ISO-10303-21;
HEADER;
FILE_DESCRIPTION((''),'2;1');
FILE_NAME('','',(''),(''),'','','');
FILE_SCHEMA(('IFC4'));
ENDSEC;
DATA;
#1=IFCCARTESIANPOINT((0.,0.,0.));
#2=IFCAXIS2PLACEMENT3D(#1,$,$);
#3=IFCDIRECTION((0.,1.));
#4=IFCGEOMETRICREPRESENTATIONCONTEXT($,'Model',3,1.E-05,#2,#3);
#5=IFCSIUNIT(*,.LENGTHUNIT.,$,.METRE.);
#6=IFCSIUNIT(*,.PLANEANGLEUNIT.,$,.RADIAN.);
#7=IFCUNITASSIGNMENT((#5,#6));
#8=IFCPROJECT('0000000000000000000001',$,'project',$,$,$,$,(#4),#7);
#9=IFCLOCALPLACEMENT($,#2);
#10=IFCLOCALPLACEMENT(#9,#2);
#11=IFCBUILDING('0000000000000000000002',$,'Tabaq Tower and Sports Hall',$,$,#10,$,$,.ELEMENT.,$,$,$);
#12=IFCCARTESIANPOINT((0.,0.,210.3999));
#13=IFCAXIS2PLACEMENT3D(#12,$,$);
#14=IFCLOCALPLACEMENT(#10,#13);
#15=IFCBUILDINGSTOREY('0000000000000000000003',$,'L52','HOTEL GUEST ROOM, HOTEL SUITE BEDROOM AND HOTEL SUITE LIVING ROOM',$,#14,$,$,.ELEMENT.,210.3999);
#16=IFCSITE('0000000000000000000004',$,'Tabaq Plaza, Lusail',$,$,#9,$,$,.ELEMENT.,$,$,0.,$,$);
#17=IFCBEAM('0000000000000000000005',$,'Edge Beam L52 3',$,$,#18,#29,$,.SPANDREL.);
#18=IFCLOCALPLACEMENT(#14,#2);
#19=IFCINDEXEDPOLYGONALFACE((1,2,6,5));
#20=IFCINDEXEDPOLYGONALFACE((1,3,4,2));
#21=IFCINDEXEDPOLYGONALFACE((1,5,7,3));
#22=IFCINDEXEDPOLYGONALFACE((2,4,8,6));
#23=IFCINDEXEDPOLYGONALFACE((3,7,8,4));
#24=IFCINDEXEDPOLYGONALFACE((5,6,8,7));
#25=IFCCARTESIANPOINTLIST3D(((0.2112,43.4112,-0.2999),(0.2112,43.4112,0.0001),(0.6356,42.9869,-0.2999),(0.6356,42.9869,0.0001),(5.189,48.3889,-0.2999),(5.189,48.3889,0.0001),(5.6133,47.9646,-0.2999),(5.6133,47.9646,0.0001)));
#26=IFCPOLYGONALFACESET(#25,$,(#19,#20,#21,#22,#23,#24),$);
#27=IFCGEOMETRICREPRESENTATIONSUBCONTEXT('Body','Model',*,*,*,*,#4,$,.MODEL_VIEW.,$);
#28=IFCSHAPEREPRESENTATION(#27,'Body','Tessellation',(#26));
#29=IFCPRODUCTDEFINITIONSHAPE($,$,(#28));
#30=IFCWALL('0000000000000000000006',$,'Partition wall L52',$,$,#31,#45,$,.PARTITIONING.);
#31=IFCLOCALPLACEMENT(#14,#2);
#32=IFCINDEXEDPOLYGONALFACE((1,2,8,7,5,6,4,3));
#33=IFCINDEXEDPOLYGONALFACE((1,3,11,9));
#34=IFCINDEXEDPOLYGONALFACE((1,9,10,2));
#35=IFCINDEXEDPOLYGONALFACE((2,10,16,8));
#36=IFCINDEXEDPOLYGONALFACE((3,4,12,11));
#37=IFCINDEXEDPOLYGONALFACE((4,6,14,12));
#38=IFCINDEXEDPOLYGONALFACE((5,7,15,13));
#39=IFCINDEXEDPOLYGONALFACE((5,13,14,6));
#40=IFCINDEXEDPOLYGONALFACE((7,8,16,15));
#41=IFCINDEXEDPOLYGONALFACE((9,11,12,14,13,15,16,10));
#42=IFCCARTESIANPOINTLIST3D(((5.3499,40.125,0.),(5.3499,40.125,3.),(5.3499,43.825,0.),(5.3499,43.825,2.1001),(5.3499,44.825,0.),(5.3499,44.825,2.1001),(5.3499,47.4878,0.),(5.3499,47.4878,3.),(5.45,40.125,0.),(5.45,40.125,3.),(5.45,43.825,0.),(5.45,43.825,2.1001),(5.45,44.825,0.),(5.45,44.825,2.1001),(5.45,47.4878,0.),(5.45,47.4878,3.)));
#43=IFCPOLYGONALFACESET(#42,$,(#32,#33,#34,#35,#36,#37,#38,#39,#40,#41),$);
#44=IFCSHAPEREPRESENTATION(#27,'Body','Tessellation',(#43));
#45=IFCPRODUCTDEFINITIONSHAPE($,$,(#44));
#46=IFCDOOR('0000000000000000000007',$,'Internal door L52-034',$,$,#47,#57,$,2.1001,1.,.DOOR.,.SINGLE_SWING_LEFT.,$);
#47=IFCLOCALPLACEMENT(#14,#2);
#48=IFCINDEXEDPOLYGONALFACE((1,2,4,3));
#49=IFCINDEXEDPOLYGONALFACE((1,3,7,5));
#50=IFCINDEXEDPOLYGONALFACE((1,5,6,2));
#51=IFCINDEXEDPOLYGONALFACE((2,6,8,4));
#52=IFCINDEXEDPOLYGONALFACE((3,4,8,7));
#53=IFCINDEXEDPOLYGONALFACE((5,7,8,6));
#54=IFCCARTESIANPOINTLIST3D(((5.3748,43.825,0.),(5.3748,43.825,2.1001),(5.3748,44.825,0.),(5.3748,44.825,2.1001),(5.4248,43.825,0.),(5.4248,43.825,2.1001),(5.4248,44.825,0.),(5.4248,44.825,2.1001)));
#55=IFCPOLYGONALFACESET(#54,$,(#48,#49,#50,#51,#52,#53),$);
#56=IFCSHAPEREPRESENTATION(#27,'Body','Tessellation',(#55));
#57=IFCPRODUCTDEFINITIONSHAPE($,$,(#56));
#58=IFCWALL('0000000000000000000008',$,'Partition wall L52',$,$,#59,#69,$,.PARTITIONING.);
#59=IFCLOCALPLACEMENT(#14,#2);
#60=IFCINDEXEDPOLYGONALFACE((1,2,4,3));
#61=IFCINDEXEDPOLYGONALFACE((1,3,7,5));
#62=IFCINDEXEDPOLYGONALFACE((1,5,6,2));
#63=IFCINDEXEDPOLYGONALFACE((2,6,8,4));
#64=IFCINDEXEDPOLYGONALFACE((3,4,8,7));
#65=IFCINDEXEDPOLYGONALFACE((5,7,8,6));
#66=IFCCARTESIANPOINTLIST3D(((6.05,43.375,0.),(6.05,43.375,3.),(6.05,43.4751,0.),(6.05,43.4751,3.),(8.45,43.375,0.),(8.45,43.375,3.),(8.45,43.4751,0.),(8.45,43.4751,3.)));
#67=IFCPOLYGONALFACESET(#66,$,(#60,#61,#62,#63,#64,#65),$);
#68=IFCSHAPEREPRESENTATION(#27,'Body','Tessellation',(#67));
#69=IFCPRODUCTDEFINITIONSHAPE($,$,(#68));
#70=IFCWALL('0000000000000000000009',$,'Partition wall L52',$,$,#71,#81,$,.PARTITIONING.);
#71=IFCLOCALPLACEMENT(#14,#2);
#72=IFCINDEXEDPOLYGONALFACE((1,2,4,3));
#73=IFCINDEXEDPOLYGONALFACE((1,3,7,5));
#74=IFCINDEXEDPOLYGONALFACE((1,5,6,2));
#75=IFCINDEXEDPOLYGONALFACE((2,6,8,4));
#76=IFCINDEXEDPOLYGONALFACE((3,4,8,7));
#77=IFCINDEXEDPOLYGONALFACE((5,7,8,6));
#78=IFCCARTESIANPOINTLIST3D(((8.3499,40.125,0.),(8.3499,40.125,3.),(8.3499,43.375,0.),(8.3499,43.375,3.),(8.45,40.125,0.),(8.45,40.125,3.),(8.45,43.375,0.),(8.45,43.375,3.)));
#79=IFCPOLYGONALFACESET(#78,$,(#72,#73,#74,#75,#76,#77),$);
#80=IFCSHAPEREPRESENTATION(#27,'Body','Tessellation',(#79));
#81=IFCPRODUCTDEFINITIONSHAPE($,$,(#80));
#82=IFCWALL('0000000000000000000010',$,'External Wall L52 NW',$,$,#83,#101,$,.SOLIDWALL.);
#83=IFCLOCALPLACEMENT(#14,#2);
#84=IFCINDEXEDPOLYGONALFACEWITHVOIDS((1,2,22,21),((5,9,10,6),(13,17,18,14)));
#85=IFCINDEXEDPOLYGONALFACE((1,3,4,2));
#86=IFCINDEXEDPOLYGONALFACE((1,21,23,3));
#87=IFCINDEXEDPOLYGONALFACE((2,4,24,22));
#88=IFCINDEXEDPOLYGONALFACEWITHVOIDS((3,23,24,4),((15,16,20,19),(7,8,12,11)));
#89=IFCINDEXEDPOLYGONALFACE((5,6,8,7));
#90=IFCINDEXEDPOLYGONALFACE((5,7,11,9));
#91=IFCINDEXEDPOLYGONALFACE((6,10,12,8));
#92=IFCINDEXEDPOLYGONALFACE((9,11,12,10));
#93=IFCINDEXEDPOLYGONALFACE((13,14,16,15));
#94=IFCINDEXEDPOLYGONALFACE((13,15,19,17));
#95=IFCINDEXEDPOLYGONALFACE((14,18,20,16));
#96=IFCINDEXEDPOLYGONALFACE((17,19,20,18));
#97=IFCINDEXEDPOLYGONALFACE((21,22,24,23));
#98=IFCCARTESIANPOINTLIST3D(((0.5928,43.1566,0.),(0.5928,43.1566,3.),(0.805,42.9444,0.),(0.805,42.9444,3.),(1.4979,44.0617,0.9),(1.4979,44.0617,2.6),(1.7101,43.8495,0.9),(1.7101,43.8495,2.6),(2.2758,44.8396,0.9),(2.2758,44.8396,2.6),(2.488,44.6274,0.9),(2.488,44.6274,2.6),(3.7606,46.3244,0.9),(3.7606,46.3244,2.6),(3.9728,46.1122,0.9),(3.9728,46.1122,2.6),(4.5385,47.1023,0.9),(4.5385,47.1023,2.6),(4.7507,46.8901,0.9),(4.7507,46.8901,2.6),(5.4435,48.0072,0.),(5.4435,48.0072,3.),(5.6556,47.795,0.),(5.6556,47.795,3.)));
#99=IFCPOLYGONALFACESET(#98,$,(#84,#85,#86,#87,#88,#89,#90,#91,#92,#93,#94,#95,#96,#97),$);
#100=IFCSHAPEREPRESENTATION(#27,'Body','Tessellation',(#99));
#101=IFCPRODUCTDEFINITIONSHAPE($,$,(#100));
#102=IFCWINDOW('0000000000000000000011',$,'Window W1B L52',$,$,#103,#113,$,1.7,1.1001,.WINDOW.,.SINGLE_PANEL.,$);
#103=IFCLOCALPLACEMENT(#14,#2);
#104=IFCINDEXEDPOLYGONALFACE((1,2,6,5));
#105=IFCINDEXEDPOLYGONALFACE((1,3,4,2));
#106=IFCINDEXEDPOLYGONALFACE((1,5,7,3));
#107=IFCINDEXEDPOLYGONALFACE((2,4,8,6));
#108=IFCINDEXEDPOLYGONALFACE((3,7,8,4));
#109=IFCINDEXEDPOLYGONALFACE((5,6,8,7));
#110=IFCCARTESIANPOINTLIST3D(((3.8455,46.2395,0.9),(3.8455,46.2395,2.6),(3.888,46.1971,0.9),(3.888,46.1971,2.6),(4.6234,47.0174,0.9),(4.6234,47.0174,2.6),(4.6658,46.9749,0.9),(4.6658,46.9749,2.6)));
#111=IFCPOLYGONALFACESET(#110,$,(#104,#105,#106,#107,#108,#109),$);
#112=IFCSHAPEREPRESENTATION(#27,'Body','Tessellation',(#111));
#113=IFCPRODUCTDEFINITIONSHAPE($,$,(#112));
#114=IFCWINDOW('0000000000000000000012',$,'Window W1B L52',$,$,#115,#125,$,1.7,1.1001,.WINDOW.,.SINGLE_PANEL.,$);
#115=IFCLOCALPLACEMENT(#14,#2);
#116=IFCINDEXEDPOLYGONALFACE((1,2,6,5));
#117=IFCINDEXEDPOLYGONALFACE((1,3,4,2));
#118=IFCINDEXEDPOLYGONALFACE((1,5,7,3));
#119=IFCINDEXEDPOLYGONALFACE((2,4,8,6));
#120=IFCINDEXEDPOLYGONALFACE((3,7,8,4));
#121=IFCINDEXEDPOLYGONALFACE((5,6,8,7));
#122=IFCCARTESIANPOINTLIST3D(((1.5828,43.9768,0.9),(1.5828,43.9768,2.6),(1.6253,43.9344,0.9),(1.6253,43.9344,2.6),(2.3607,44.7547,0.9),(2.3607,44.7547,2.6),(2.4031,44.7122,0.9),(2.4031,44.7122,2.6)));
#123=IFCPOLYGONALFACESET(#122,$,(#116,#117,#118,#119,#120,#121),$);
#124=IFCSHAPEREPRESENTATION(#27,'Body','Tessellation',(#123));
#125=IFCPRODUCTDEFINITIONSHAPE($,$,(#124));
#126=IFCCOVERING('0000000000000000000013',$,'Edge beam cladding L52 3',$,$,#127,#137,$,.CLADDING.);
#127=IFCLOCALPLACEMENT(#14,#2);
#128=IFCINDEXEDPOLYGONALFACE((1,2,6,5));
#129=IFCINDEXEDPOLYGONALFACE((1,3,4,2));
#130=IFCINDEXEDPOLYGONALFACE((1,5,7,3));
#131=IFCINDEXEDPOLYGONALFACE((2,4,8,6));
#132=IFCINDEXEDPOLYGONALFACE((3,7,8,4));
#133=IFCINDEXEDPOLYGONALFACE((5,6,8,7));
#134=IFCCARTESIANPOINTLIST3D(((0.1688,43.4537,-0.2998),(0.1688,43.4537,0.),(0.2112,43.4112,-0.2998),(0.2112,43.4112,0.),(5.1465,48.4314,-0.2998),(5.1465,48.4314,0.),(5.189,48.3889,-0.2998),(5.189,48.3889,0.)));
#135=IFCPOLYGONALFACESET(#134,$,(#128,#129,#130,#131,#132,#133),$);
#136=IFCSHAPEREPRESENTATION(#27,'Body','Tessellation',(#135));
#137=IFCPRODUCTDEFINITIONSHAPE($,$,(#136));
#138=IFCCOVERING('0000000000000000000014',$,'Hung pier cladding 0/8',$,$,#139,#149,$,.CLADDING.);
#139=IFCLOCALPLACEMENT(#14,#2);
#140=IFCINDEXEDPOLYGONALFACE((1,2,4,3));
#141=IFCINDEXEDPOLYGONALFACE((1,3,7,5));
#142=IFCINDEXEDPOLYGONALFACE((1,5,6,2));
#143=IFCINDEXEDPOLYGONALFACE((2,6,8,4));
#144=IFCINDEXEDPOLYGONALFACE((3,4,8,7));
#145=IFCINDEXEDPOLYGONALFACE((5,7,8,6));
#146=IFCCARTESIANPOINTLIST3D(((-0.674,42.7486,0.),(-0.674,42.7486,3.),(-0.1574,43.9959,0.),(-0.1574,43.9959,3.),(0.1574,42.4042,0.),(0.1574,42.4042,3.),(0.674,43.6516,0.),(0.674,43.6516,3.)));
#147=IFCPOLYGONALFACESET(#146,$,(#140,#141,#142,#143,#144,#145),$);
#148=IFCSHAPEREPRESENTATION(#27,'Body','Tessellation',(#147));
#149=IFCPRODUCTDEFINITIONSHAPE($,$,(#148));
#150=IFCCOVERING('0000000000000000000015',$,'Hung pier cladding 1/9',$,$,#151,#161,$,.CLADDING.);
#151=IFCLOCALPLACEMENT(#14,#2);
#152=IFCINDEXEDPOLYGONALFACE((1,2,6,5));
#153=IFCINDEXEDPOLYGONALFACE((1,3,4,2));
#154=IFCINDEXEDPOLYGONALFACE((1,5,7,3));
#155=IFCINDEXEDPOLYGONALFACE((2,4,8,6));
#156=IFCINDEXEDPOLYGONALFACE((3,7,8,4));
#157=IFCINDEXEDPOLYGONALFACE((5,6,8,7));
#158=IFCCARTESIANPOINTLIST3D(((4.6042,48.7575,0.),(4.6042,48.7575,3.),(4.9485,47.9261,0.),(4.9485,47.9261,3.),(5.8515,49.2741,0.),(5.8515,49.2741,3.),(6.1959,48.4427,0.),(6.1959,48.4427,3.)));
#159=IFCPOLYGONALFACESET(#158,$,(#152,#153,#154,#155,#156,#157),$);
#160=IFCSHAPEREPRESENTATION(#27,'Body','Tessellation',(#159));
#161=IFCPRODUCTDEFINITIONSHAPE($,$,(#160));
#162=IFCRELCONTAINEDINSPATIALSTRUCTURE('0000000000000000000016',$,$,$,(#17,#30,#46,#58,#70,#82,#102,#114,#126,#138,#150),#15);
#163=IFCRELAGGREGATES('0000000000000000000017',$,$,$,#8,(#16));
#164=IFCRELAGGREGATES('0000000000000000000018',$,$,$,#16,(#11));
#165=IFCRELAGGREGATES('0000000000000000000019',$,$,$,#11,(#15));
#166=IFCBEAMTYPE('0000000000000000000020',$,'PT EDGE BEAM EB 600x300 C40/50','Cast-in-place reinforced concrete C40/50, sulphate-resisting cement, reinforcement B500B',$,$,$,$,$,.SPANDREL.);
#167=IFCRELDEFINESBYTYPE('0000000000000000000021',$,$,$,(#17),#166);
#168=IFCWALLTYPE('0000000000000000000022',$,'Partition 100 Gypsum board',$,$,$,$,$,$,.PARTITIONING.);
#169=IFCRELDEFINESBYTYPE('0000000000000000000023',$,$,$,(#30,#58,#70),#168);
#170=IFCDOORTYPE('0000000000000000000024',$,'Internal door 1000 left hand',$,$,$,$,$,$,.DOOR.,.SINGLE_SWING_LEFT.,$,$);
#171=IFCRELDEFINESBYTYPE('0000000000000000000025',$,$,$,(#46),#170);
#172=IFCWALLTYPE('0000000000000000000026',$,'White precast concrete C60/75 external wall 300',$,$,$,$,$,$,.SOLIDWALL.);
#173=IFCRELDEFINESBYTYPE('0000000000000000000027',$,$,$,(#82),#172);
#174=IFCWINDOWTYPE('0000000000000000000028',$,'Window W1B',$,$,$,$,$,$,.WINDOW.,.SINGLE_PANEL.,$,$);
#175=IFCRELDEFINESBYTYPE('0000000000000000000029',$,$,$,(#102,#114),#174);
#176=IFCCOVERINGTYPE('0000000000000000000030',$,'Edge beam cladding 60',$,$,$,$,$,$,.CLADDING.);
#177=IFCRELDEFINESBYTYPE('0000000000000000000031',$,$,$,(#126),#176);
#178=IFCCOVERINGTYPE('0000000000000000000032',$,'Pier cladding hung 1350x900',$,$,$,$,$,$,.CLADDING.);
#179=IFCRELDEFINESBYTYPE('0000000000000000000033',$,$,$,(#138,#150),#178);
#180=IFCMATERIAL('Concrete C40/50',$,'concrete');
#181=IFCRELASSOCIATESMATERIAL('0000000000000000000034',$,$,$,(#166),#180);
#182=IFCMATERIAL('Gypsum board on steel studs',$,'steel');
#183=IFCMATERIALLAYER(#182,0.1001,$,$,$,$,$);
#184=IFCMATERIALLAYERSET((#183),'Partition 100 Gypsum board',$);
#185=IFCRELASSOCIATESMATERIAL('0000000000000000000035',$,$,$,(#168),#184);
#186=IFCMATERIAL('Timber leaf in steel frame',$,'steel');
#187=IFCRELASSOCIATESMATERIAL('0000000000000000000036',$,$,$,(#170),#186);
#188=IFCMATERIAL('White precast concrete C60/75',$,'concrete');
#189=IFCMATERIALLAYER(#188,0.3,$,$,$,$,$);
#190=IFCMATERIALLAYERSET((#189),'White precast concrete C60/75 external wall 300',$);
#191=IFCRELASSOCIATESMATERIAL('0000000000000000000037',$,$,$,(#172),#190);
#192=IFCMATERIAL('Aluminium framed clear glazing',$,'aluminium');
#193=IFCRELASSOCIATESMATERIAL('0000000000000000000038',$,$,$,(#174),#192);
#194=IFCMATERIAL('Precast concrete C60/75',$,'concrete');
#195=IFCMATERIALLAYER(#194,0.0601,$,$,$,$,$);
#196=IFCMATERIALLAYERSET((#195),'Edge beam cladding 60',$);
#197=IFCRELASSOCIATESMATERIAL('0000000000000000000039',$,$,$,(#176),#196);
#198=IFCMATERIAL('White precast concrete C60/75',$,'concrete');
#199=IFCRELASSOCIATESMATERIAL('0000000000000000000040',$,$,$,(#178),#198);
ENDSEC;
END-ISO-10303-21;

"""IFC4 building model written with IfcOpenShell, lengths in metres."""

from ifc_helpers import new_model, si_unit, direction, frame, frame_2d, origin, origin_2d, place, context, subcontext, project, spatial, rectangle, extrude, material, layer, layer_set, material_profile, profile_set, type_object, element, fill, save


model = new_model("IFC4")

# Units and contexts
model_context = context("Model", 3, precision=1e-05, world=origin(), true_north=direction((0.0, 1.0)))
body_context = subcontext(model_context, "Body", "Model", "MODEL_VIEW")
ifc_project = project(units=[si_unit("LENGTHUNIT", "METRE"), si_unit("PLANEANGLEUNIT", "RADIAN")], contexts=[model_context])

# Site, building, storey
site_placement = place(None, origin())
site = spatial("IfcSite", under=ifc_project, at=site_placement, Name="Tabaq Plaza, Lusail", CompositionType="ELEMENT", RefElevation=0.0)
building_placement = place(site_placement, origin())
building = spatial("IfcBuilding", under=site, at=building_placement, Name="Tabaq Tower and Sports Hall", CompositionType="ELEMENT")
storey_placement = place(building_placement, frame((0.0, 0.0, 210.3999)))
storey = spatial("IfcBuildingStorey", under=building, at=storey_placement, Name="L52", Description="HOTEL GUEST ROOM, HOTEL SUITE BEDROOM AND HOTEL SUITE LIVING ROOM", CompositionType="ELEMENT", Elevation=210.3999)

# Beam
ifc_material_1 = material(Name="Concrete C40/50", Category="concrete")
ifc_material_profile = material_profile(ifc_material_1, rectangle(XDim=0.6001, YDim=0.3, at=origin_2d()), Name="EB 600x300")
ifc_profile_set = profile_set([ifc_material_profile], Name="Concrete C40/50")
beam_type = type_object("IfcBeamType", Name="PT EDGE BEAM EB 600x300 C40/50", Description="Cast-in-place reinforced concrete C40/50, sulphate-resisting cement, reinforcement B500B", PredefinedType="SPANDREL", material=ifc_profile_set)
beam_placement = place(storey_placement, frame((5.4011, 48.1768, -0.1499), z_axis=(-0.707107, -0.707107, 0.0), x_axis=(0.707107, -0.707107, 0.0)))
element("IfcBeam", 1, at=beam_placement, inside=storey, type_object=beam_type, Name="Edge Beam L52 3", PredefinedType="SPANDREL", context=body_context, shape_type="SweptSolid", body=[
    extrude(rectangle(XDim=0.6001, YDim=0.3, at=origin_2d()), origin(), (0.0, 0.0, 1.0), 7.0396),
])

# Wall, opening, door
ifc_material_2 = material(Name="Gypsum board on steel studs", Category="steel")
ifc_layer_1 = layer(ifc_material_2, 0.1001)
ifc_layer_set_1 = layer_set([ifc_layer_1], Name="Partition 100 Gypsum board")
wall_type_1 = type_object("IfcWallType", Name="Partition 100 Gypsum board", PredefinedType="PARTITIONING", material=ifc_layer_set_1)
wall_1_placement = place(storey_placement, frame((5.3999, 47.4878, 0.0), z_axis=(0.0, 0.0, 1.0), x_axis=(0.0, -1.0, 0.0)))
wall_1 = element("IfcWall", 2, at=wall_1_placement, inside=storey, type_object=wall_type_1, Name="Partition wall L52", PredefinedType="PARTITIONING", context=body_context, shape_type="SweptSolid", body=[
    extrude(rectangle(XDim=7.3628, YDim=0.1001, at=frame_2d((3.6814, 0.0))), origin(), (0.0, 0.0, 1.0), 3.0),
])
opening_1_placement = place(wall_1_placement, frame((2.6628, 0.0, 0.0)))
opening_1 = element("IfcOpeningElement", 3, at=opening_1_placement, cuts=wall_1, PredefinedType="OPENING", context=body_context, shape_type="SweptSolid", body=[
    extrude(rectangle(XDim=1.0, YDim=2.1001, at=frame_2d((0.5, 1.05))), frame((0.0, 0.05, 0.0), z_axis=(0.0, -1.0, 0.0), x_axis=(1.0, 0.0, 0.0)), (0.0, 0.0, 1.0), 0.1001),
])
ifc_material_3 = material(Name="Timber leaf in steel frame", Category="steel")
door_type = type_object("IfcDoorType", Name="Internal door 1000 left hand", OperationType="SINGLE_SWING_LEFT", PredefinedType="DOOR", material=ifc_material_3)
door_placement = place(opening_1_placement, origin())
door = element("IfcDoor", 4, at=door_placement, inside=storey, type_object=door_type, Name="Internal door L52-034", OperationType="SINGLE_SWING_LEFT", OverallHeight=2.1001, OverallWidth=1.0, PredefinedType="DOOR", context=body_context, shape_type="SweptSolid", body=[
    extrude(rectangle(XDim=1.0, YDim=2.1001, at=frame_2d((0.5, 1.05))), frame((0.0, 0.0249, 0.0), z_axis=(0.0, -1.0, 0.0), x_axis=(1.0, 0.0, 0.0)), (0.0, 0.0, 1.0), 0.05),
])
fill(opening_1, door)

# Walls
wall_2_placement = place(storey_placement, frame((6.05, 43.425, 0.0), z_axis=(0.0, 0.0, 1.0), x_axis=(1.0, 0.0, 0.0)))
element("IfcWall", 5, at=wall_2_placement, inside=storey, type_object=wall_type_1, Name="Partition wall L52", PredefinedType="PARTITIONING", context=body_context, shape_type="SweptSolid", body=[
    extrude(rectangle(XDim=2.3999, YDim=0.1001, at=frame_2d((1.2, 0.0))), origin(), (0.0, 0.0, 1.0), 3.0),
])
wall_3_placement = place(storey_placement, frame((8.3999, 43.375, 0.0), z_axis=(0.0, 0.0, 1.0), x_axis=(0.0, -1.0, 0.0)))
element("IfcWall", 6, at=wall_3_placement, inside=storey, type_object=wall_type_1, Name="Partition wall L52", PredefinedType="PARTITIONING", context=body_context, shape_type="SweptSolid", body=[
    extrude(rectangle(XDim=3.25, YDim=0.1001, at=frame_2d((1.625, 0.0))), origin(), (0.0, 0.0, 1.0), 3.0),
])

# Wall, openings, windows
ifc_material_4 = material(Name="White precast concrete C60/75", Category="concrete")
ifc_layer_2 = layer(ifc_material_4, 0.3)
ifc_layer_set_2 = layer_set([ifc_layer_2], Name="White precast concrete C60/75 external wall 300")
wall_type_2 = type_object("IfcWallType", Name="White precast concrete C60/75 external wall 300", PredefinedType="SOLIDWALL", material=ifc_layer_set_2)
wall_4_placement = place(storey_placement, frame((5.5496, 47.9011, 0.0), z_axis=(0.0, 0.0, 1.0), x_axis=(-0.707107, -0.707107, 0.0)))
wall_4 = element("IfcWall", 7, at=wall_4_placement, inside=storey, type_object=wall_type_2, Name="External Wall L52 NW", PredefinedType="SOLIDWALL", context=body_context, shape_type="SweptSolid", body=[
    extrude(rectangle(XDim=6.8599, YDim=0.3, at=frame_2d((3.4299, 0.0))), origin(), (0.0, 0.0, 1.0), 3.0),
])
opening_2_placement = place(wall_4_placement, frame((1.2798, 0.0, 0.8999)))
opening_2 = element("IfcOpeningElement", 8, at=opening_2_placement, cuts=wall_4, PredefinedType="OPENING", context=body_context, shape_type="SweptSolid", body=[
    extrude(rectangle(XDim=1.1001, YDim=1.7, at=frame_2d((0.55, 0.8501))), frame((0.0, 0.1602, 0.0), z_axis=(0.0, -1.0, 0.0), x_axis=(1.0, 0.0, 0.0)), (0.0, 0.0, 1.0), 0.3201),
])
opening_3_placement = place(wall_4_placement, frame((4.4797, 0.0, 0.8999)))
opening_3 = element("IfcOpeningElement", 9, at=opening_3_placement, cuts=wall_4, PredefinedType="OPENING", context=body_context, shape_type="SweptSolid", body=[
    extrude(rectangle(XDim=1.1001, YDim=1.7, at=frame_2d((0.55, 0.8501))), frame((0.0, 0.1602, 0.0), z_axis=(0.0, -1.0, 0.0), x_axis=(1.0, 0.0, 0.0)), (0.0, 0.0, 1.0), 0.3201),
])
ifc_material_5 = material(Name="Aluminium framed clear glazing", Category="aluminium")
window_type = type_object("IfcWindowType", Name="Window W1B", PartitioningType="SINGLE_PANEL", PredefinedType="WINDOW", material=ifc_material_5)
window_1_placement = place(opening_2_placement, origin())
window_1 = element("IfcWindow", 10, at=window_1_placement, inside=storey, type_object=window_type, Name="Window W1B L52", OverallHeight=1.7, OverallWidth=1.1001, PartitioningType="SINGLE_PANEL", PredefinedType="WINDOW", context=body_context, shape_type="SweptSolid", body=[
    extrude(rectangle(XDim=1.1001, YDim=1.7, at=frame_2d((0.55, 0.8501))), frame((0.0, 0.03, 0.0), z_axis=(0.0, -1.0, 0.0), x_axis=(1.0, 0.0, 0.0)), (0.0, 0.0, 1.0), 0.0601),
])
fill(opening_2, window_1)
window_2_placement = place(opening_3_placement, origin())
window_2 = element("IfcWindow", 11, at=window_2_placement, inside=storey, type_object=window_type, Name="Window W1B L52", OverallHeight=1.7, OverallWidth=1.1001, PartitioningType="SINGLE_PANEL", PredefinedType="WINDOW", context=body_context, shape_type="SweptSolid", body=[
    extrude(rectangle(XDim=1.1001, YDim=1.7, at=frame_2d((0.55, 0.8501))), frame((0.0, 0.03, 0.0), z_axis=(0.0, -1.0, 0.0), x_axis=(1.0, 0.0, 0.0)), (0.0, 0.0, 1.0), 0.0601),
])
fill(opening_3, window_2)

# Coverings
ifc_material_6 = material(Name="Precast concrete C60/75", Category="concrete")
ifc_layer_3 = layer(ifc_material_6, 0.0601)
ifc_layer_set_3 = layer_set([ifc_layer_3], Name="Edge beam cladding 60")
covering_type_1 = type_object("IfcCoveringType", Name="Edge beam cladding 60", PredefinedType="CLADDING", material=ifc_layer_set_3)
covering_1_placement = place(storey_placement, frame((5.1677, 48.4102, -0.2998), z_axis=(0.0, 0.0, 1.0), x_axis=(-0.707107, -0.707107, 0.0)))
element("IfcCovering", 12, at=covering_1_placement, inside=storey, type_object=covering_type_1, Name="Edge beam cladding L52 3", PredefinedType="CLADDING", context=body_context, shape_type="SweptSolid", body=[
    extrude(rectangle(XDim=7.0396, YDim=0.0601, at=frame_2d((3.5198, 0.0))), origin(), (0.0, 0.0, 1.0), 0.2998),
])
ifc_material_7 = material(Name="White precast concrete C60/75", Category="concrete")
covering_type_2 = type_object("IfcCoveringType", Name="Pier cladding hung 1350x900", PredefinedType="CLADDING", material=ifc_material_7)
for number, where, z_axis, x_axis, name in (
    (13, (0.2583, 43.8237, 0.0), (0.0, 0.0, 1.0), (-0.38265, -0.923893, 0.0), "Hung pier cladding 0/8"),
    (14, (6.0237, 48.8584, 0.0), (0.0, 0.0, 1.0), (-0.923893, -0.38265, 0.0), "Hung pier cladding 1/9"),
):
    element("IfcCovering", number, at=place(storey_placement, frame(where, z_axis=z_axis, x_axis=x_axis)), inside=storey, type_object=covering_type_2, Name=name, PredefinedType="CLADDING", context=body_context, shape_type="SweptSolid", body=[
        extrude(rectangle(XDim=1.3501, YDim=0.8999, at=frame_2d((0.675, 0.0))), origin(), (0.0, 0.0, 1.0), 3.0),
    ])

save(model, "model.ifc")
